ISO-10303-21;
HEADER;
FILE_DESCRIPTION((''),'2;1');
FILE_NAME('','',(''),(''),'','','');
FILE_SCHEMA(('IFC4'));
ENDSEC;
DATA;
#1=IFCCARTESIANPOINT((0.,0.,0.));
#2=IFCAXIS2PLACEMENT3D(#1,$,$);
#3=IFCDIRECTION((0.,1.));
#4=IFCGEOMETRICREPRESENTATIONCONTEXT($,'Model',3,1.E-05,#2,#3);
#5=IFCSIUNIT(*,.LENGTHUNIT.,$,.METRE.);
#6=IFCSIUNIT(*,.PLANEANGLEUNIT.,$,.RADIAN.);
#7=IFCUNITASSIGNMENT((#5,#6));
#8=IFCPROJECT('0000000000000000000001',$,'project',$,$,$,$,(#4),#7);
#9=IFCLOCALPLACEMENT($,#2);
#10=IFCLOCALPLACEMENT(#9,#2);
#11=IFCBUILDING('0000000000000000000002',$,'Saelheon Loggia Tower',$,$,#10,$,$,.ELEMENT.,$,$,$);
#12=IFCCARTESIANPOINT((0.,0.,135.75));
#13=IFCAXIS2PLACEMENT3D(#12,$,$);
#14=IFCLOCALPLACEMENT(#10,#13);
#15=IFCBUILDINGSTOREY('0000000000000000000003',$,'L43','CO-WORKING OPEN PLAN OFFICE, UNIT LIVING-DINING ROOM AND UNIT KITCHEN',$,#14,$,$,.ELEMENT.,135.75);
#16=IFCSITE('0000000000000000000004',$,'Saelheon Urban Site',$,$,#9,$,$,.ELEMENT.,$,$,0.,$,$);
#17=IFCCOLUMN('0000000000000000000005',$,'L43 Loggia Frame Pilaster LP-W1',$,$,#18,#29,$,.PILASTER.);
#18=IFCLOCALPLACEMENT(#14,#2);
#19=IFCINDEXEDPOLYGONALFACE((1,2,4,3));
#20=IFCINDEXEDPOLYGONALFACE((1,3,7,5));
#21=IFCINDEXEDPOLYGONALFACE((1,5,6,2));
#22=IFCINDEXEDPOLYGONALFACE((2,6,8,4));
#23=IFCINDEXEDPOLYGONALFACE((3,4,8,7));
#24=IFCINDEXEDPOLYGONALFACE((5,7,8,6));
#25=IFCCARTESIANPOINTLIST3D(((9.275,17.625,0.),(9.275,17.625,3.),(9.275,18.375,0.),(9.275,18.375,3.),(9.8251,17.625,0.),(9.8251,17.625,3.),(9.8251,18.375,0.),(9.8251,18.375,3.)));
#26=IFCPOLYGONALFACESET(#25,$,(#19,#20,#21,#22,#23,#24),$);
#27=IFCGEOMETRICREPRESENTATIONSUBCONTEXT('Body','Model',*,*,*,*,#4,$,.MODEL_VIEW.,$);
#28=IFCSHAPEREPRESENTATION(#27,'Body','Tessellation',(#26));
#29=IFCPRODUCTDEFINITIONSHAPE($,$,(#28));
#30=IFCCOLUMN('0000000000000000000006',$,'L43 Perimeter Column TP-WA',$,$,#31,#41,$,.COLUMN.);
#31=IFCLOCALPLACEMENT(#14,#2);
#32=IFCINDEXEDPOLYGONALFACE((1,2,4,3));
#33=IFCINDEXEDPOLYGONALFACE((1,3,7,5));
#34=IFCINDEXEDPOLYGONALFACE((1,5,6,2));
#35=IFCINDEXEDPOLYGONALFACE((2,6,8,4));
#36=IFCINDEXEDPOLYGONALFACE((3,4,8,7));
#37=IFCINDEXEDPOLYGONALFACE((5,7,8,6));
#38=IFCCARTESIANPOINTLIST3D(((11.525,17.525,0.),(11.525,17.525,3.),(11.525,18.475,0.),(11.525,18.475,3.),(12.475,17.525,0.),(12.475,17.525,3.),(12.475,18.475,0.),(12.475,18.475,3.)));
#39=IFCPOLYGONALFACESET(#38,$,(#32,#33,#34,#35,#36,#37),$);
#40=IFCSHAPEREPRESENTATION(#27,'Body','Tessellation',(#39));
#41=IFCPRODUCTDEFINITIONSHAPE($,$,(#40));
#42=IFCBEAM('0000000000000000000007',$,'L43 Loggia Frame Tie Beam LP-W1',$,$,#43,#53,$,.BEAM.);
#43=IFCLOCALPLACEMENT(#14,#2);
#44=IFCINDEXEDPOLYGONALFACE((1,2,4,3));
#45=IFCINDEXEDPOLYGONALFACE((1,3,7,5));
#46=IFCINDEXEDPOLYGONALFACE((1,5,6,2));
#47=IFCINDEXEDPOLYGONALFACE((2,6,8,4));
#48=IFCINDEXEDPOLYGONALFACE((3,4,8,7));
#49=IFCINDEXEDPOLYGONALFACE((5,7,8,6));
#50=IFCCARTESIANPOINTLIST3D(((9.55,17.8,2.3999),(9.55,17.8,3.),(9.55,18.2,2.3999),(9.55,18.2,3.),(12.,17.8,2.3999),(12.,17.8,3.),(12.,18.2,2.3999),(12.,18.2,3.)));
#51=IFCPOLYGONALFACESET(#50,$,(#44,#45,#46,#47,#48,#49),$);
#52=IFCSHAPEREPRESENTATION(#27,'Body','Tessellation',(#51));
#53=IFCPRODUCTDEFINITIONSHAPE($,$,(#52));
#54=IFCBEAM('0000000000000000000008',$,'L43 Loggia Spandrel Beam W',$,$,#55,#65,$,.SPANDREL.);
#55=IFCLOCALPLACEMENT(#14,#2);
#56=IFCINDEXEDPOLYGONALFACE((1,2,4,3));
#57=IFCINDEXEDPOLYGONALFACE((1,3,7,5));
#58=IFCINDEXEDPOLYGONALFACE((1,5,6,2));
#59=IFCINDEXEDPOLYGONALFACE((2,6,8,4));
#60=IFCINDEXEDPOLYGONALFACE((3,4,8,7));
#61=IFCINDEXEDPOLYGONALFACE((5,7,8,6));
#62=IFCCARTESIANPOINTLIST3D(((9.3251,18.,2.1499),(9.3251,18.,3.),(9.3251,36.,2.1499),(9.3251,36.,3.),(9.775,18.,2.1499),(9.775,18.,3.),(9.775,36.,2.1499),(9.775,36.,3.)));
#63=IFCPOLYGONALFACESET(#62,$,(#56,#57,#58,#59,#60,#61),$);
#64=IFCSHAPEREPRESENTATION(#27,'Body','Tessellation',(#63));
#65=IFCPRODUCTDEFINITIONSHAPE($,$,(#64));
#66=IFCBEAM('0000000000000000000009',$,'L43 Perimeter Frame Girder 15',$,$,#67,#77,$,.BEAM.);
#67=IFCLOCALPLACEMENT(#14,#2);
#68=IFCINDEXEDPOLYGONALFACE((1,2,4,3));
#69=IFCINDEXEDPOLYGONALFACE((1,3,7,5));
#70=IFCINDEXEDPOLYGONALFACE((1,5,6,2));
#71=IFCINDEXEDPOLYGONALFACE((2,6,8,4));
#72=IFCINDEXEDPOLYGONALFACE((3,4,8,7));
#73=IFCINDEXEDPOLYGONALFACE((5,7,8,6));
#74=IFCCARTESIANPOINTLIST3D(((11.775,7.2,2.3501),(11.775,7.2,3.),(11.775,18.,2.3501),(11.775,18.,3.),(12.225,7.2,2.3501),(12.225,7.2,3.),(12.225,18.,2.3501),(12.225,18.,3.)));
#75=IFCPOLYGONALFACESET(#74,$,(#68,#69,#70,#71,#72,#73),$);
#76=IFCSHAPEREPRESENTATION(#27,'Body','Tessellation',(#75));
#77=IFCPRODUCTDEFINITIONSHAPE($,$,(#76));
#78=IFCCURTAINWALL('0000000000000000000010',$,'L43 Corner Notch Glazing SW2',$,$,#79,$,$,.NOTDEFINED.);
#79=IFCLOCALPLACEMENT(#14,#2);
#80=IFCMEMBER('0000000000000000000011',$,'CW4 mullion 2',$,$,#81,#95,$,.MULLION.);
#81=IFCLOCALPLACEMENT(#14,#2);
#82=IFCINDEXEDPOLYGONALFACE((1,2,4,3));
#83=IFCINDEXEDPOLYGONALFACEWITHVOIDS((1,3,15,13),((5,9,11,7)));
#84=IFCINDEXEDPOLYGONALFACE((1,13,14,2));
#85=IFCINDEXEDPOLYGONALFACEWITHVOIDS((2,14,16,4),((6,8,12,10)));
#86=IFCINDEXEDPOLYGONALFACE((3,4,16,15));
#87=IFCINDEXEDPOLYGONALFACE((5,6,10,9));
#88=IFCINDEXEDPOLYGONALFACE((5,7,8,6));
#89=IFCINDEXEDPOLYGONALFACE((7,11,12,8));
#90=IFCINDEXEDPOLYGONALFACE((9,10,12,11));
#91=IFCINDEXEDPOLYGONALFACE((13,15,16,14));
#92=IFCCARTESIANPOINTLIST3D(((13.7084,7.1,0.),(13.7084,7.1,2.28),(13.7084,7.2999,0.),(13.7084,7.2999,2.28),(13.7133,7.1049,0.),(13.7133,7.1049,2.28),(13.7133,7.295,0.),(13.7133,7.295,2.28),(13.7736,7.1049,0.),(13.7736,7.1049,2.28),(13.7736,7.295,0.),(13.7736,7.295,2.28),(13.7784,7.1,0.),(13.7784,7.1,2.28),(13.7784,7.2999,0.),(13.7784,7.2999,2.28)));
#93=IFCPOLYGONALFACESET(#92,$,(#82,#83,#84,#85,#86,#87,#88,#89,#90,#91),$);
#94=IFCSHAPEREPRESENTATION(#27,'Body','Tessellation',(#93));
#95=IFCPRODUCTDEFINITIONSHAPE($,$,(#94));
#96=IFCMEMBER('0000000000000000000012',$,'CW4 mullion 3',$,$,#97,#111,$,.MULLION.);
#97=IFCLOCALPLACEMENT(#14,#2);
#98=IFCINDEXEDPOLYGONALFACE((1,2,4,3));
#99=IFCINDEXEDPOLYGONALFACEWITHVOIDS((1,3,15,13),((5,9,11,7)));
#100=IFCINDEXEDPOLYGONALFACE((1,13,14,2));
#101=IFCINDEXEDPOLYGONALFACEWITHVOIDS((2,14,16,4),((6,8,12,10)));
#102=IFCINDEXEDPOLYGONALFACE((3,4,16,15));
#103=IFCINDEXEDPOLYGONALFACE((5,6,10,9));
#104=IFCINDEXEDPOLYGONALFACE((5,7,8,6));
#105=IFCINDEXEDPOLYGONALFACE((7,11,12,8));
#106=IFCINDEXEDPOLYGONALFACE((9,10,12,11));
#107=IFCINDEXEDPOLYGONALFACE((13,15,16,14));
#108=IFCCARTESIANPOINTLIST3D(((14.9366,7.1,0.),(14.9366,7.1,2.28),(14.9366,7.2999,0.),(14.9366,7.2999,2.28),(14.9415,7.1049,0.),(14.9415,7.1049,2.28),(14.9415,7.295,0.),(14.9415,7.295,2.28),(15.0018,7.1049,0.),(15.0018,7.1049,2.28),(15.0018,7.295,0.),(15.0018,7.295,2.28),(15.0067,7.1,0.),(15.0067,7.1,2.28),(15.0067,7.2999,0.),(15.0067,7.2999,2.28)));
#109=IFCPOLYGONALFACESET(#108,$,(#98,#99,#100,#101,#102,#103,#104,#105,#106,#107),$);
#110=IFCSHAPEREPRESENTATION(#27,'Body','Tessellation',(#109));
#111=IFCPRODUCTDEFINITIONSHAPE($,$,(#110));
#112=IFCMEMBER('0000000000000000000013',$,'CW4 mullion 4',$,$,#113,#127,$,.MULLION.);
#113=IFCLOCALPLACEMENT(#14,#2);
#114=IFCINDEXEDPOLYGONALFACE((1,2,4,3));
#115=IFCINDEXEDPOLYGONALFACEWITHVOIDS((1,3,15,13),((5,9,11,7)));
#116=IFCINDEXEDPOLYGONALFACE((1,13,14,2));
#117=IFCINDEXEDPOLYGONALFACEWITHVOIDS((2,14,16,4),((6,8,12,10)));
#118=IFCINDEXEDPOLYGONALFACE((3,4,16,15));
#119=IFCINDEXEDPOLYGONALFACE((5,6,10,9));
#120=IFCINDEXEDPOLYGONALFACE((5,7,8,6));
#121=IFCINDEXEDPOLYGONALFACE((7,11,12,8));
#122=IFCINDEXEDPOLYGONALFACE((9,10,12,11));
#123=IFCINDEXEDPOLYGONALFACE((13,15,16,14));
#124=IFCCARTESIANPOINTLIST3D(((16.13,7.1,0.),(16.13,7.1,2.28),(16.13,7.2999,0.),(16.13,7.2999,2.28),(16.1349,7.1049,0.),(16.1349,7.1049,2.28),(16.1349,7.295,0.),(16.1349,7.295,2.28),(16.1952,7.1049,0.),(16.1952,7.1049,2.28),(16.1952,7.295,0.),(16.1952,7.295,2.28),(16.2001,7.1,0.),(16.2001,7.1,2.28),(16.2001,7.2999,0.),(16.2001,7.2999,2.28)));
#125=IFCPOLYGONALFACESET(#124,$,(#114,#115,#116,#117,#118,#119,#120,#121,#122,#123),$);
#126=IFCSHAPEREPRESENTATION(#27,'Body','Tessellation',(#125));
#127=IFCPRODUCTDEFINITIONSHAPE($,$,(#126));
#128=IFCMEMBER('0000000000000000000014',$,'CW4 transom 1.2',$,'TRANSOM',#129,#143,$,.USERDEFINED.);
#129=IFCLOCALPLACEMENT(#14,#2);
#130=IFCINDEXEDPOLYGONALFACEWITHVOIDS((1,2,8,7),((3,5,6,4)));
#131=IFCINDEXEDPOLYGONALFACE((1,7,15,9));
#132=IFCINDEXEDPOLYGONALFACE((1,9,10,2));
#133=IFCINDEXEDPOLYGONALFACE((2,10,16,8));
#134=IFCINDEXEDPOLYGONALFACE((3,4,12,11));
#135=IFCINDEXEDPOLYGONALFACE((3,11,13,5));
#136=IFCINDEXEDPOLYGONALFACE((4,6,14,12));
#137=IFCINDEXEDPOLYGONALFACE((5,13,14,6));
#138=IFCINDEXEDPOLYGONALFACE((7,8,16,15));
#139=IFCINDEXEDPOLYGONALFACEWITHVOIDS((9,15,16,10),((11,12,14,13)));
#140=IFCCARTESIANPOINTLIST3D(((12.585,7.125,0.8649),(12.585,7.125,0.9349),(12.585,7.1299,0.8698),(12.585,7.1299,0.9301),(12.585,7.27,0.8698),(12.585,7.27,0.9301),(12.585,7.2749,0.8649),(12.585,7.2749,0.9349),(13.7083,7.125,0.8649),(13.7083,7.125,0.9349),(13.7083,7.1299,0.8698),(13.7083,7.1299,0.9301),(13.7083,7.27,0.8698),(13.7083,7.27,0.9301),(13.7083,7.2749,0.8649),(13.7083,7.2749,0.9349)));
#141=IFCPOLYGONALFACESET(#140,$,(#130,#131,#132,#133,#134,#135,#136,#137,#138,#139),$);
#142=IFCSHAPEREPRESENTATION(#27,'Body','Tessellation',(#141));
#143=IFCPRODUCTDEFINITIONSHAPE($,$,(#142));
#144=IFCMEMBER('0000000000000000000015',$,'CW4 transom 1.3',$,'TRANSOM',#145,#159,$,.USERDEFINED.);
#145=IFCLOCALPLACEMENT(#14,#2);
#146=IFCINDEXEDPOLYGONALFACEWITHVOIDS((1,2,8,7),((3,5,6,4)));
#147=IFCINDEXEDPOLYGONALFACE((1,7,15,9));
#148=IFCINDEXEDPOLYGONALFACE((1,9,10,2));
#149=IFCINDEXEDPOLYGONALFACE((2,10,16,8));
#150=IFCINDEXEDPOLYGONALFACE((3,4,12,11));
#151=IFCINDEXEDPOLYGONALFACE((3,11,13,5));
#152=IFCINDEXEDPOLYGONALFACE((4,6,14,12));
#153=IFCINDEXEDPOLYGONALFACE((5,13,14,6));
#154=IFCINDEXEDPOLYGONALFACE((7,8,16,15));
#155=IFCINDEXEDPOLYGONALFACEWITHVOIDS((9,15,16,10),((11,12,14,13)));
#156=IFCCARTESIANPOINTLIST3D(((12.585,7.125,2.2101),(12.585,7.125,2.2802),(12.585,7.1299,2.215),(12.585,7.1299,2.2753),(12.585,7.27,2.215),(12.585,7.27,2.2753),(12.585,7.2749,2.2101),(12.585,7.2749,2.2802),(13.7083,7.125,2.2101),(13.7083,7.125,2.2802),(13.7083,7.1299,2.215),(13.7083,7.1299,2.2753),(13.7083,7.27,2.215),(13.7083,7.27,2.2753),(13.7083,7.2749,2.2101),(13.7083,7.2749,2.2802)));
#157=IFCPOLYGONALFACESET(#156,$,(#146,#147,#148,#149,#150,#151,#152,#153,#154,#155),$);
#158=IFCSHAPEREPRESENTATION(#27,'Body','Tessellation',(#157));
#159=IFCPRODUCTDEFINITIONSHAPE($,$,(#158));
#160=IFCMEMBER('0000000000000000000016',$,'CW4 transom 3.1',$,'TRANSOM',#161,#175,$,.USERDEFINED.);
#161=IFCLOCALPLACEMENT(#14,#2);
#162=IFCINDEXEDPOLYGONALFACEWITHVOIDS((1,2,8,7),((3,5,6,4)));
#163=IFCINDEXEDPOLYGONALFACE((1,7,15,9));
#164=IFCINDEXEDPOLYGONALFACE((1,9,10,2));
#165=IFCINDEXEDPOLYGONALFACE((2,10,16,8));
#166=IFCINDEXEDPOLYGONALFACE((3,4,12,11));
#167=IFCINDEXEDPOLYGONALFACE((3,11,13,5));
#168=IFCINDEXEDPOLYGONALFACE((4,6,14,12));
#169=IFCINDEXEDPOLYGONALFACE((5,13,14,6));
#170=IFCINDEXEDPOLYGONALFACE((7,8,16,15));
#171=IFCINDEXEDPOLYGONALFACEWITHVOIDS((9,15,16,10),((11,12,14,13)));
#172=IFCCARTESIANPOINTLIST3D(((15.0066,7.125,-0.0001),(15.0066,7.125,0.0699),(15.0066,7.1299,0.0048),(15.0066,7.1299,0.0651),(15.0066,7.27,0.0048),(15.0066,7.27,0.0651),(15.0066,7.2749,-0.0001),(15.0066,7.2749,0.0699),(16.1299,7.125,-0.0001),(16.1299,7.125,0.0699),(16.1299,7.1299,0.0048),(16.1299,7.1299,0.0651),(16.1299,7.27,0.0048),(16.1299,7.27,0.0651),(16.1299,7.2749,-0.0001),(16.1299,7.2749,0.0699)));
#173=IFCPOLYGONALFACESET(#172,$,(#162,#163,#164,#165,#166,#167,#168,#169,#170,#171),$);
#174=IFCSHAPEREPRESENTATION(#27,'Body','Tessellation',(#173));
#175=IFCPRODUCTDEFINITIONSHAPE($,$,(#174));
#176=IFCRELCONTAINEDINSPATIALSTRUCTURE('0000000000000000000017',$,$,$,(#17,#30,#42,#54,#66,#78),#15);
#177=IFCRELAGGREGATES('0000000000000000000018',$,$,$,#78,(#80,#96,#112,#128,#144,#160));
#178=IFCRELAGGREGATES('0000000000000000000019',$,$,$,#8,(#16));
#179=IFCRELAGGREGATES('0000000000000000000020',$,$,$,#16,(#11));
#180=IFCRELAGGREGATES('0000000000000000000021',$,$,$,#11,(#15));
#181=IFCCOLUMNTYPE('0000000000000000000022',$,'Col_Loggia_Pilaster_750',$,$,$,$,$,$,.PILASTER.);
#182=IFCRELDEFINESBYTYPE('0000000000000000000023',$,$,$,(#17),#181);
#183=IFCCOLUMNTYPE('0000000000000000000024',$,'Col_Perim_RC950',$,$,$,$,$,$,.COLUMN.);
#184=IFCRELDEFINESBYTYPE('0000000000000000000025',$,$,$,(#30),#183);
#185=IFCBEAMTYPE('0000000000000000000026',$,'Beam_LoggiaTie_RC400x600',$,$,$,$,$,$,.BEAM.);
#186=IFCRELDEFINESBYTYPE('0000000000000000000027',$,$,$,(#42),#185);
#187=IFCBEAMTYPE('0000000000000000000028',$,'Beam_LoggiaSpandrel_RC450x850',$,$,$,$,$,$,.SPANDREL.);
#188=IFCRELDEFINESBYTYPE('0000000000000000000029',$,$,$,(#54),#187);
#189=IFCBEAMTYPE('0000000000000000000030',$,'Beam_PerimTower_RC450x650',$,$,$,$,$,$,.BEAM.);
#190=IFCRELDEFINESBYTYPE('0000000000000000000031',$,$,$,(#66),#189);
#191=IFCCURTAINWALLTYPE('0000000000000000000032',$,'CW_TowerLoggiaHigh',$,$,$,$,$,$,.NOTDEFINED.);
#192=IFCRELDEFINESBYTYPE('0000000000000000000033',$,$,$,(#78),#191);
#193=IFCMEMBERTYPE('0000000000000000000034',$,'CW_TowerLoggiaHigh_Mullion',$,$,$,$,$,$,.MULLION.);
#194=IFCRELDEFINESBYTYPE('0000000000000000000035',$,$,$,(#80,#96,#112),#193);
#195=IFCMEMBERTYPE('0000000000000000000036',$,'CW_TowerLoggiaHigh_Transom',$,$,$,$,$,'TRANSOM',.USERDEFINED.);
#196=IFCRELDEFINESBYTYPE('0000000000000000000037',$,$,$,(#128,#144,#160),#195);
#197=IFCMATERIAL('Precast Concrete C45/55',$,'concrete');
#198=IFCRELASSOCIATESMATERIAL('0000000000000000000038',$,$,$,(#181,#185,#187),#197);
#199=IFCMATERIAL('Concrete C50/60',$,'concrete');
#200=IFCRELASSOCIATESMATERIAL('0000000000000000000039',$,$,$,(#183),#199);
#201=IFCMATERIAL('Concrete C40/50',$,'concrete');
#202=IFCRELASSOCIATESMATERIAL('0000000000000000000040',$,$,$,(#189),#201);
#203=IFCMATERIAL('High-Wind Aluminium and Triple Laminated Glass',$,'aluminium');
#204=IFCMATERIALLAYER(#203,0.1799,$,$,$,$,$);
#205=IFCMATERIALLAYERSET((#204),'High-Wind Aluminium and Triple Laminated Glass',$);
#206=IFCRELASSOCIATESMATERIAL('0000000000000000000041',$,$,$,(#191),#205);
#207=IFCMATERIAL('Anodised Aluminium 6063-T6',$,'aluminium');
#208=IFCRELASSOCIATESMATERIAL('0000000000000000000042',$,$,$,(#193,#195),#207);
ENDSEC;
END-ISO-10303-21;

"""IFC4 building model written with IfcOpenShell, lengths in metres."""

from ifc_helpers import new_model, si_unit, direction, frame, origin, origin_2d, place, context, subcontext, project, spatial, rectangle, hollow_rectangle, extrude, source, transform, mapped, material, layer, layer_set, material_profile, profile_set, type_object, element, aggregate, save


model = new_model("IFC4")

# Units and contexts
model_context = context("Model", 3, precision=1e-05, world=origin(), true_north=direction((0.0, 1.0)))
body_context = subcontext(model_context, "Body", "Model", "MODEL_VIEW")
ifc_project = project(units=[si_unit("LENGTHUNIT", "METRE"), si_unit("PLANEANGLEUNIT", "RADIAN")], contexts=[model_context])

# Site, building, storey
site_placement = place(None, origin())
site = spatial("IfcSite", under=ifc_project, at=site_placement, Name="Saelheon Urban Site", CompositionType="ELEMENT", RefElevation=0.0)
building_placement = place(site_placement, origin())
building = spatial("IfcBuilding", under=site, at=building_placement, Name="Saelheon Loggia Tower", CompositionType="ELEMENT")
storey_placement = place(building_placement, frame((0.0, 0.0, 135.75)))
storey = spatial("IfcBuildingStorey", under=building, at=storey_placement, Name="L43", Description="CO-WORKING OPEN PLAN OFFICE, UNIT LIVING-DINING ROOM AND UNIT KITCHEN", CompositionType="ELEMENT", Elevation=135.75)

# Columns
ifc_material_1 = material(Name="Precast Concrete C45/55", Category="concrete")
ifc_material_profile_1 = material_profile(ifc_material_1, rectangle(XDim=0.55, YDim=0.75, at=origin_2d()), Name="RC-550x750")
ifc_profile_set_1 = profile_set([ifc_material_profile_1], Name="Precast Concrete C45/55")
column_type_1 = type_object("IfcColumnType", Name="Col_Loggia_Pilaster_750", PredefinedType="PILASTER", material=ifc_profile_set_1)
shared_shape_1 = source(origin(), body_context, "Body", "SweptSolid", [
    extrude(rectangle(XDim=0.55, YDim=0.75, at=origin_2d()), origin(), (0.0, 0.0, 1.0), 3.0),
])
column_1_placement = place(storey_placement, frame((9.55, 18.0, 0.0), z_axis=(0.0, 0.0, 1.0), x_axis=(1.0, 0.0, 0.0)))
element("IfcColumn", 1, at=column_1_placement, inside=storey, type_object=column_type_1, Name="L43 Loggia Frame Pilaster LP-W1", PredefinedType="PILASTER", context=body_context, shape_type="MappedRepresentation", body=[
    mapped(shared_shape_1, transform((0.0, 0.0, 0.0), scale=1.0)),
])
ifc_material_2 = material(Name="Concrete C50/60", Category="concrete")
ifc_material_profile_2 = material_profile(ifc_material_2, rectangle(XDim=0.95, YDim=0.95, at=origin_2d()), Name="RC-950x950")
ifc_profile_set_2 = profile_set([ifc_material_profile_2], Name="Concrete C50/60")
column_type_2 = type_object("IfcColumnType", Name="Col_Perim_RC950", PredefinedType="COLUMN", material=ifc_profile_set_2)
shared_shape_2 = source(origin(), body_context, "Body", "SweptSolid", [
    extrude(rectangle(XDim=0.95, YDim=0.95, at=origin_2d()), origin(), (0.0, 0.0, 1.0), 3.0),
])
column_2_placement = place(storey_placement, frame((12.0, 18.0, 0.0), z_axis=(0.0, 0.0, 1.0), x_axis=(1.0, 0.0, 0.0)))
element("IfcColumn", 2, at=column_2_placement, inside=storey, type_object=column_type_2, Name="L43 Perimeter Column TP-WA", PredefinedType="COLUMN", context=body_context, shape_type="MappedRepresentation", body=[
    mapped(shared_shape_2, transform((0.0, 0.0, 0.0), scale=1.0)),
])

# Beams
ifc_material_profile_3 = material_profile(ifc_material_1, rectangle(XDim=0.3999, YDim=0.6001, at=origin_2d()), Name="RC-400x600")
ifc_profile_set_3 = profile_set([ifc_material_profile_3], Name="Precast Concrete C45/55")
beam_type_1 = type_object("IfcBeamType", Name="Beam_LoggiaTie_RC400x600", PredefinedType="BEAM", material=ifc_profile_set_3)
shared_shape_3 = source(origin(), body_context, "Body", "SweptSolid", [
    extrude(rectangle(XDim=0.3999, YDim=0.6001, at=origin_2d()), origin(), (0.0, 0.0, 1.0), 2.45),
])
beam_1_placement = place(storey_placement, frame((12.0, 18.0, 2.7), z_axis=(-1.0, 0.0, 0.0), x_axis=(0.0, -1.0, 0.0)))
element("IfcBeam", 3, at=beam_1_placement, inside=storey, type_object=beam_type_1, Name="L43 Loggia Frame Tie Beam LP-W1", PredefinedType="BEAM", context=body_context, shape_type="MappedRepresentation", body=[
    mapped(shared_shape_3, transform((0.0, 0.0, 0.0), scale=1.0)),
])
ifc_material_profile_4 = material_profile(ifc_material_1, rectangle(XDim=0.45, YDim=0.8501, at=origin_2d()), Name="RC-450x850")
ifc_profile_set_4 = profile_set([ifc_material_profile_4], Name="Precast Concrete C45/55")
beam_type_2 = type_object("IfcBeamType", Name="Beam_LoggiaSpandrel_RC450x850", PredefinedType="SPANDREL", material=ifc_profile_set_4)
shared_shape_4 = source(origin(), body_context, "Body", "SweptSolid", [
    extrude(rectangle(XDim=0.45, YDim=0.8501, at=origin_2d()), origin(), (0.0, 0.0, 1.0), 18.0),
])
beam_2_placement = place(storey_placement, frame((9.55, 18.0, 2.575), z_axis=(0.0, 1.0, 0.0), x_axis=(-1.0, 0.0, 0.0)))
element("IfcBeam", 4, at=beam_2_placement, inside=storey, type_object=beam_type_2, Name="L43 Loggia Spandrel Beam W", PredefinedType="SPANDREL", context=body_context, shape_type="MappedRepresentation", body=[
    mapped(shared_shape_4, transform((0.0, 0.0, 0.0), scale=1.0)),
])
ifc_material_3 = material(Name="Concrete C40/50", Category="concrete")
ifc_material_profile_5 = material_profile(ifc_material_3, rectangle(XDim=0.45, YDim=0.6499, at=origin_2d()), Name="RC-450x650")
ifc_profile_set_5 = profile_set([ifc_material_profile_5], Name="Concrete C40/50")
beam_type_3 = type_object("IfcBeamType", Name="Beam_PerimTower_RC450x650", PredefinedType="BEAM", material=ifc_profile_set_5)
shared_shape_5 = source(origin(), body_context, "Body", "SweptSolid", [
    extrude(rectangle(XDim=0.45, YDim=0.6499, at=origin_2d()), origin(), (0.0, 0.0, 1.0), 10.8),
])
beam_3_placement = place(storey_placement, frame((12.0, 18.0, 2.675), z_axis=(0.0, -1.0, 0.0), x_axis=(1.0, 0.0, 0.0)))
element("IfcBeam", 5, at=beam_3_placement, inside=storey, type_object=beam_type_3, Name="L43 Perimeter Frame Girder 15", PredefinedType="BEAM", context=body_context, shape_type="MappedRepresentation", body=[
    mapped(shared_shape_5, transform((0.0, 0.0, 0.0), scale=1.0)),
])

# Curtain wall, members
ifc_material_4 = material(Name="High-Wind Aluminium and Triple Laminated Glass", Category="aluminium")
ifc_layer_1 = layer(ifc_material_4, 0.1799)
ifc_layer_set_1 = layer_set([ifc_layer_1], Name="High-Wind Aluminium and Triple Laminated Glass")
curtain_wall_type = type_object("IfcCurtainWallType", Name="CW_TowerLoggiaHigh", PredefinedType="NOTDEFINED", material=ifc_layer_set_1)
curtain_wall_placement = place(storey_placement, origin())
curtain_wall = element("IfcCurtainWall", 6, at=curtain_wall_placement, inside=storey, type_object=curtain_wall_type, Name="L43 Corner Notch Glazing SW2", PredefinedType="NOTDEFINED")
ifc_material_5 = material(Name="Anodised Aluminium 6063-T6", Category="aluminium")
ifc_material_profile_6 = material_profile(ifc_material_5, hollow_rectangle(XDim=0.0701, YDim=0.2, WallThickness=0.0049, at=origin_2d()), Name="RHS-200x70x5")
ifc_profile_set_6 = profile_set([ifc_material_profile_6], Name="Anodised Aluminium 6063-T6")
member_type_1 = type_object("IfcMemberType", Name="CW_TowerLoggiaHigh_Mullion", PredefinedType="MULLION", material=ifc_profile_set_6)
shared_shape_6 = source(origin(), body_context, "Body", "SweptSolid", [
    extrude(hollow_rectangle(XDim=0.0701, YDim=0.2, WallThickness=0.0049, at=origin_2d()), origin(), (0.0, 0.0, 1.0), 2.28),
])
member_1_placement = place(storey_placement, frame((13.7434, 7.2, 0.0), z_axis=(0.0, 0.0, 1.0), x_axis=(1.0, 0.0, 0.0)))
member_1 = element("IfcMember", 7, at=member_1_placement, type_object=member_type_1, Name="CW4 mullion 2", PredefinedType="MULLION", context=body_context, shape_type="MappedRepresentation", body=[
    mapped(shared_shape_6, transform((0.0, 0.0, 0.0), scale=1.0)),
])
member_2_placement = place(storey_placement, frame((14.9717, 7.2, 0.0), z_axis=(0.0, 0.0, 1.0), x_axis=(1.0, 0.0, 0.0)))
member_2 = element("IfcMember", 8, at=member_2_placement, type_object=member_type_1, Name="CW4 mullion 3", PredefinedType="MULLION", context=body_context, shape_type="MappedRepresentation", body=[
    mapped(shared_shape_6, transform((0.0, 0.0, 0.0), scale=1.0)),
])
member_3_placement = place(storey_placement, frame((16.165, 7.2, 0.0), z_axis=(0.0, 0.0, 1.0), x_axis=(1.0, 0.0, 0.0)))
member_3 = element("IfcMember", 9, at=member_3_placement, type_object=member_type_1, Name="CW4 mullion 4", PredefinedType="MULLION", context=body_context, shape_type="MappedRepresentation", body=[
    mapped(shared_shape_6, transform((0.0, 0.0, 0.0), scale=1.0)),
])
ifc_material_profile_7 = material_profile(ifc_material_5, hollow_rectangle(XDim=0.0701, YDim=0.1499, WallThickness=0.0049, at=origin_2d()), Name="RHS-150x70x5")
ifc_profile_set_7 = profile_set([ifc_material_profile_7], Name="Anodised Aluminium 6063-T6")
member_type_2 = type_object("IfcMemberType", Name="CW_TowerLoggiaHigh_Transom", ElementType="TRANSOM", PredefinedType="USERDEFINED", material=ifc_profile_set_7)
shared_shape_7 = source(origin(), body_context, "Body", "SweptSolid", [
    extrude(hollow_rectangle(XDim=0.0701, YDim=0.1499, WallThickness=0.0049, at=origin_2d()), origin(), (0.0, 0.0, 1.0), 1.1233),
])
member_4_placement = place(storey_placement, frame((12.585, 7.2, 0.8999), z_axis=(1.0, 0.0, 0.0), x_axis=(0.0, 0.0, 1.0)))
member_4 = element("IfcMember", 10, at=member_4_placement, type_object=member_type_2, Name="CW4 transom 1.2", ObjectType="TRANSOM", PredefinedType="USERDEFINED", context=body_context, shape_type="MappedRepresentation", body=[
    mapped(shared_shape_7, transform((0.0, 0.0, 0.0), scale=1.0)),
])
member_5_placement = place(storey_placement, frame((12.585, 7.2, 2.2451), z_axis=(1.0, 0.0, 0.0), x_axis=(0.0, 0.0, 1.0)))
member_5 = element("IfcMember", 11, at=member_5_placement, type_object=member_type_2, Name="CW4 transom 1.3", ObjectType="TRANSOM", PredefinedType="USERDEFINED", context=body_context, shape_type="MappedRepresentation", body=[
    mapped(shared_shape_7, transform((0.0, 0.0, 0.0), scale=1.0)),
])
member_6_placement = place(storey_placement, frame((15.0066, 7.2, 0.0349), z_axis=(1.0, 0.0, 0.0), x_axis=(0.0, 0.0, 1.0)))
member_6 = element("IfcMember", 12, at=member_6_placement, type_object=member_type_2, Name="CW4 transom 3.1", ObjectType="TRANSOM", PredefinedType="USERDEFINED", context=body_context, shape_type="MappedRepresentation", body=[
    mapped(shared_shape_7, transform((0.0, 0.0, 0.0), scale=1.0)),
])
aggregate(curtain_wall, [member_1, member_2, member_3, member_4, member_5, member_6])

save(model, "model.ifc")
